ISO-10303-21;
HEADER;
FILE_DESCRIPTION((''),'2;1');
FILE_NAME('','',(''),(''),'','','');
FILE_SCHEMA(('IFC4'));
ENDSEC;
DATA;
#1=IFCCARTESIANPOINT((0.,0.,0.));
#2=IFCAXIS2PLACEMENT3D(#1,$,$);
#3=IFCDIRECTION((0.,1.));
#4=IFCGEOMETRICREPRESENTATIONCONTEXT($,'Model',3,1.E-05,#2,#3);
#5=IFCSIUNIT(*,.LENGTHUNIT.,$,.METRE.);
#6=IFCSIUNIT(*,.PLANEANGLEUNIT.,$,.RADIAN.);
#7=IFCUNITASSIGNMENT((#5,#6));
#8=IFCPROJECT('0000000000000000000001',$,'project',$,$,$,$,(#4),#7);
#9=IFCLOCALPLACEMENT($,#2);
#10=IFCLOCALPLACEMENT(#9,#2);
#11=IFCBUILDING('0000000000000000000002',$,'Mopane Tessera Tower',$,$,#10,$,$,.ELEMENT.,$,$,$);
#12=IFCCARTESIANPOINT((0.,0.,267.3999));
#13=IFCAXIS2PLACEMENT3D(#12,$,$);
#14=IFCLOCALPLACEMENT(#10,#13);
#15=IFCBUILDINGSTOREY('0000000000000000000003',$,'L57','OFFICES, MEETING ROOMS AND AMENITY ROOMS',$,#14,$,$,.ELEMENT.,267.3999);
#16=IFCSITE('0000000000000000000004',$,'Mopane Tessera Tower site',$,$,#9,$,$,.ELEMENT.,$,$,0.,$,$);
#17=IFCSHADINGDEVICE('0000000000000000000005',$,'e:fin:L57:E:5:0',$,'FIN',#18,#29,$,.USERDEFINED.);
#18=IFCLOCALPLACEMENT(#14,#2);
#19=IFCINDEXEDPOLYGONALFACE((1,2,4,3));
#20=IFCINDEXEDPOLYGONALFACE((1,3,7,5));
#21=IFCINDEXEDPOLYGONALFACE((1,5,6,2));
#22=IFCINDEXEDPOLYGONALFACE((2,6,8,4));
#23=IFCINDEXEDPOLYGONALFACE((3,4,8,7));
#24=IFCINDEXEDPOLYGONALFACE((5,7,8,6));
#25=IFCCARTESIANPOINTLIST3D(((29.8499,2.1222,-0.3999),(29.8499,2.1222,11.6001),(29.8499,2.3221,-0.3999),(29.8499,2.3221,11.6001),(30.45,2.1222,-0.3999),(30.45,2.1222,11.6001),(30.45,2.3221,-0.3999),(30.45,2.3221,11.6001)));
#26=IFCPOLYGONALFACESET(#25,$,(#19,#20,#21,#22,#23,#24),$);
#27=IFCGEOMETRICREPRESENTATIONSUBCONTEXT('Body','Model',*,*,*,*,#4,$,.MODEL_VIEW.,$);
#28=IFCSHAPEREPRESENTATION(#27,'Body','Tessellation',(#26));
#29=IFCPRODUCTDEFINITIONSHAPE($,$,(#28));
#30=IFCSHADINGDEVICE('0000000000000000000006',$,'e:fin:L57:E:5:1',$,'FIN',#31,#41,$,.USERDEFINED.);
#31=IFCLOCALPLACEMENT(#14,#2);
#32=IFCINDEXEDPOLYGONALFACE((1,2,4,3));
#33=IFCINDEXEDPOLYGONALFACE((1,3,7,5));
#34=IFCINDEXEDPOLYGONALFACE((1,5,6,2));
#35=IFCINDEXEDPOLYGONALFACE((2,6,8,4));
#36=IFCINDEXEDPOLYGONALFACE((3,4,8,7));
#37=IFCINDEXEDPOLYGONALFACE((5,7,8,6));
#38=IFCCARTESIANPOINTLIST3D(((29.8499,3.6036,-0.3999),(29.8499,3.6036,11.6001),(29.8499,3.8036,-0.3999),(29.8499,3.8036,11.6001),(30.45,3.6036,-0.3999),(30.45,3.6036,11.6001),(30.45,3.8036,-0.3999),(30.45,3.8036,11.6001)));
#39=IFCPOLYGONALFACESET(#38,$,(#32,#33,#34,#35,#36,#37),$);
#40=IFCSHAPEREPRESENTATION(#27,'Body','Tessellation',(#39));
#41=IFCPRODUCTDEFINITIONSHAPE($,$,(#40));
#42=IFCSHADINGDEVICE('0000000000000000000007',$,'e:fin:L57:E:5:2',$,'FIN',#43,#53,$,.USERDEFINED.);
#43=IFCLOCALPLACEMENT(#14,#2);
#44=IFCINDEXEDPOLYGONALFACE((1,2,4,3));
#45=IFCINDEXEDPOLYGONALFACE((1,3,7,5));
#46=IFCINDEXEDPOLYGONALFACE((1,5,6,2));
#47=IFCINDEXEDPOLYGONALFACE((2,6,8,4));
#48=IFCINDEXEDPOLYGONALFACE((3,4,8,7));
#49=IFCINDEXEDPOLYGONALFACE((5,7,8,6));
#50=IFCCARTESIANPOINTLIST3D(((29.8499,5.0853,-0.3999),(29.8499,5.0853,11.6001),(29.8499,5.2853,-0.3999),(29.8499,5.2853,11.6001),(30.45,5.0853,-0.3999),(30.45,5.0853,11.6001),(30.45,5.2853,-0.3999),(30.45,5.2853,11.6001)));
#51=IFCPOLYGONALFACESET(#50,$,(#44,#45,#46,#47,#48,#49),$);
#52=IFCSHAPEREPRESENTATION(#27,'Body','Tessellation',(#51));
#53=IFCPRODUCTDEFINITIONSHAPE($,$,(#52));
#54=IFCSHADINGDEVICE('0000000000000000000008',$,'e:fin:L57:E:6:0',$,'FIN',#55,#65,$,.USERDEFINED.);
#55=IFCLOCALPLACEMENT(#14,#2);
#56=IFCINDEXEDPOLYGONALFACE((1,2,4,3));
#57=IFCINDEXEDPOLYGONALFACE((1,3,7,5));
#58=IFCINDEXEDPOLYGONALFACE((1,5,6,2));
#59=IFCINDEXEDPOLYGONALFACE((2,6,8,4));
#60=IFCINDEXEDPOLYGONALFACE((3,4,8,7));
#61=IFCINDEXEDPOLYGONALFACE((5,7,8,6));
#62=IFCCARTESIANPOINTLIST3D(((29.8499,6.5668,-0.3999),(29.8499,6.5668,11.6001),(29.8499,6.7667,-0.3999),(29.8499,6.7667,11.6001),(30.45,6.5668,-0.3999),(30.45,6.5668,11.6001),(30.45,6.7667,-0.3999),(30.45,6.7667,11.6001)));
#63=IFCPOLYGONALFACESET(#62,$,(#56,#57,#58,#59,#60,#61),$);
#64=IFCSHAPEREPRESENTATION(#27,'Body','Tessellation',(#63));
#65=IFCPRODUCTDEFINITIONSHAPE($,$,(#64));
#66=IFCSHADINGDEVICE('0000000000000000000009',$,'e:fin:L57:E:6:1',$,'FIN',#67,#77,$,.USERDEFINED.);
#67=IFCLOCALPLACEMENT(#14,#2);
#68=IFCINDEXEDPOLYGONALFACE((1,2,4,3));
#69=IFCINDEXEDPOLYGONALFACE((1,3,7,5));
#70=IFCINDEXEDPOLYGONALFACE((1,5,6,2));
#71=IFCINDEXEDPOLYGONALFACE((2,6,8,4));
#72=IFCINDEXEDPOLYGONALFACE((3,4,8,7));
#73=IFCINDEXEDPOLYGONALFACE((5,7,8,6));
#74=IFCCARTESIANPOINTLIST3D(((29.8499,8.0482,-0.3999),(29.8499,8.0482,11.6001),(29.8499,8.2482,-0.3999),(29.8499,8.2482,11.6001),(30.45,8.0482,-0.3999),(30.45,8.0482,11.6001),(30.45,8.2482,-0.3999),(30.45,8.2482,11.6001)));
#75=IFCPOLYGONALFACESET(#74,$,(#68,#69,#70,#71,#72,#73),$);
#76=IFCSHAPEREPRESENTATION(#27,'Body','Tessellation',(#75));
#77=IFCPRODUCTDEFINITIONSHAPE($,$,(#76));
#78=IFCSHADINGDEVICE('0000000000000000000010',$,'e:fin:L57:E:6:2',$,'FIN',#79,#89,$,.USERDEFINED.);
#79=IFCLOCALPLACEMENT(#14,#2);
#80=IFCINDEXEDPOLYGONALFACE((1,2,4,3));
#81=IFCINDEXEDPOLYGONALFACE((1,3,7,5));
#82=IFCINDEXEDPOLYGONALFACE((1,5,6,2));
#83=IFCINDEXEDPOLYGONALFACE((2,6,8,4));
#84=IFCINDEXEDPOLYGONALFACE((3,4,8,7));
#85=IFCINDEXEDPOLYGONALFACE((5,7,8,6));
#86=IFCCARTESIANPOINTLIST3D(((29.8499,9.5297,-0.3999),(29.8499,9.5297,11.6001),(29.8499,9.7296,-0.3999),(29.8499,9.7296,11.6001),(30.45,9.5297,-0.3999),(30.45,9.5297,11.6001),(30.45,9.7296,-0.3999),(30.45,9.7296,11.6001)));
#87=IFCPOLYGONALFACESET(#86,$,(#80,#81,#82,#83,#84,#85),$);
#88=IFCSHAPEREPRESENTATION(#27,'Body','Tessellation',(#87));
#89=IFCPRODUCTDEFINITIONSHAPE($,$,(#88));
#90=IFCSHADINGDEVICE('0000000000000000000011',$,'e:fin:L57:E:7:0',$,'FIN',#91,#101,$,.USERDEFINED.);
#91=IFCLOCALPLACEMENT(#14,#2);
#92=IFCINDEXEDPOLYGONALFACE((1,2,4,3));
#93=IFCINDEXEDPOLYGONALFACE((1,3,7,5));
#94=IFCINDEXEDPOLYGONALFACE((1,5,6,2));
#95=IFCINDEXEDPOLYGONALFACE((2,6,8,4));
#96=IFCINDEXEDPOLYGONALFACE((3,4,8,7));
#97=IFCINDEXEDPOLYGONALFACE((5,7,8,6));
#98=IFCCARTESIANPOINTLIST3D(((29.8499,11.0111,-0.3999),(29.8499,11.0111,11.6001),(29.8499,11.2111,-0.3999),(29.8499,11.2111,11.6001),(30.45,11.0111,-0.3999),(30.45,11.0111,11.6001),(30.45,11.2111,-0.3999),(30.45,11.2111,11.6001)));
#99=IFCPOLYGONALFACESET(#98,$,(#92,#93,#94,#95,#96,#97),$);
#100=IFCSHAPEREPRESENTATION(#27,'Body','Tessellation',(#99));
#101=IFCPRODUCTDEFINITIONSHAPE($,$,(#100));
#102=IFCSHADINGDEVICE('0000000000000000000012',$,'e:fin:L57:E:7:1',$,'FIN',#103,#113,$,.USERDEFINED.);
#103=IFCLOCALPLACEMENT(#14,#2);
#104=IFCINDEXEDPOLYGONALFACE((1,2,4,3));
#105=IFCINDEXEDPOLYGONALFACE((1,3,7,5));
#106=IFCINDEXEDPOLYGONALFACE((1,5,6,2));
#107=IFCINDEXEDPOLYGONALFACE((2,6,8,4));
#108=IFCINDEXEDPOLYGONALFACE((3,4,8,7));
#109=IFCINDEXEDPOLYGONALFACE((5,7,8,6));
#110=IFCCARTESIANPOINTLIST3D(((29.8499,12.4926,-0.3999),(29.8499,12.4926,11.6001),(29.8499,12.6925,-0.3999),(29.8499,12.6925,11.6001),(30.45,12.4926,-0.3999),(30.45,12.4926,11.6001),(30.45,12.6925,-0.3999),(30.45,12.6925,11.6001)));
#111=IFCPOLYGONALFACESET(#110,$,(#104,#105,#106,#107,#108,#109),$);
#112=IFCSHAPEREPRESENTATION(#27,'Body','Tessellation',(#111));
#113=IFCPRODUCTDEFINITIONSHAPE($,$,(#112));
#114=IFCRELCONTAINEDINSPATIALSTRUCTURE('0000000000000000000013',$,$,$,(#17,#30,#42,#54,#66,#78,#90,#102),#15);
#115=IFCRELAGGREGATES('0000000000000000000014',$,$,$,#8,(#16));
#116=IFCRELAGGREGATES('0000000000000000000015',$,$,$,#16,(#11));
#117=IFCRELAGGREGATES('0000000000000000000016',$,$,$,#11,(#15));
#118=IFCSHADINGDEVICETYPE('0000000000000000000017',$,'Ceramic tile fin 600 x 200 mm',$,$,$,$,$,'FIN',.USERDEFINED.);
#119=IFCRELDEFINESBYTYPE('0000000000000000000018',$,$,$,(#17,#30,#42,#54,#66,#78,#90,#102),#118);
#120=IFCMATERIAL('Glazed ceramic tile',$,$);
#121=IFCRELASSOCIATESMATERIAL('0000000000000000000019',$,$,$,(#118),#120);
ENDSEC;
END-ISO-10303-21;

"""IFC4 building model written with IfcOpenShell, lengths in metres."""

from ifc_helpers import new_model, si_unit, direction, frame, origin, origin_2d, place, context, subcontext, project, spatial, rectangle, extrude, material, type_object, element, save


model = new_model("IFC4")

# Units and contexts
model_context = context("Model", 3, precision=1e-05, world=origin(), true_north=direction((0.0, 1.0)))
body_context = subcontext(model_context, "Body", "Model", "MODEL_VIEW")
ifc_project = project(units=[si_unit("LENGTHUNIT", "METRE"), si_unit("PLANEANGLEUNIT", "RADIAN")], contexts=[model_context])

# Site, building, storey
site_placement = place(None, origin())
site = spatial("IfcSite", under=ifc_project, at=site_placement, Name="Mopane Tessera Tower site", CompositionType="ELEMENT", RefElevation=0.0)
building_placement = place(site_placement, origin())
building = spatial("IfcBuilding", under=site, at=building_placement, Name="Mopane Tessera Tower", CompositionType="ELEMENT")
storey_placement = place(building_placement, frame((0.0, 0.0, 267.3999)))
storey = spatial("IfcBuildingStorey", under=building, at=storey_placement, Name="L57", Description="OFFICES, MEETING ROOMS AND AMENITY ROOMS", CompositionType="ELEMENT", Elevation=267.3999)

# Shading devices
ifc_material_1 = material(Name="Glazed ceramic tile")
shading_device_type = type_object("IfcShadingDeviceType", Name="Ceramic tile fin 600 x 200 mm", ElementType="FIN", PredefinedType="USERDEFINED", material=ifc_material_1)
for number, where, z_axis, x_axis, name in (
    (1, (30.1499, 2.2222, -0.3999), (0.0, 0.0, 1.0), (0.0, 1.0, 0.0), "e:fin:L57:E:5:0"),
    (2, (30.1499, 3.7036, -0.3999), (0.0, 0.0, 1.0), (0.0, 1.0, 0.0), "e:fin:L57:E:5:1"),
    (3, (30.1499, 5.1853, -0.3999), (0.0, 0.0, 1.0), (0.0, 1.0, 0.0), "e:fin:L57:E:5:2"),
    (4, (30.1499, 6.6667, -0.3999), (0.0, 0.0, 1.0), (0.0, 1.0, 0.0), "e:fin:L57:E:6:0"),
    (5, (30.1499, 8.1482, -0.3999), (0.0, 0.0, 1.0), (0.0, 1.0, 0.0), "e:fin:L57:E:6:1"),
    (6, (30.1499, 9.6296, -0.3999), (0.0, 0.0, 1.0), (0.0, 1.0, 0.0), "e:fin:L57:E:6:2"),
    (7, (30.1499, 11.1111, -0.3999), (0.0, 0.0, 1.0), (0.0, 1.0, 0.0), "e:fin:L57:E:7:0"),
    (8, (30.1499, 12.5925, -0.3999), (0.0, 0.0, 1.0), (0.0, 1.0, 0.0), "e:fin:L57:E:7:1"),
):
    element("IfcShadingDevice", number, at=place(storey_placement, frame(where, z_axis=z_axis, x_axis=x_axis)), inside=storey, type_object=shading_device_type, Name=name, ObjectType="FIN", PredefinedType="USERDEFINED", context=body_context, shape_type="SweptSolid", body=[
        extrude(rectangle(XDim=0.2, YDim=0.6001, at=origin_2d()), origin(), (0.0, 0.0, 1.0), 12.0),
    ])

save(model, "model.ifc")
